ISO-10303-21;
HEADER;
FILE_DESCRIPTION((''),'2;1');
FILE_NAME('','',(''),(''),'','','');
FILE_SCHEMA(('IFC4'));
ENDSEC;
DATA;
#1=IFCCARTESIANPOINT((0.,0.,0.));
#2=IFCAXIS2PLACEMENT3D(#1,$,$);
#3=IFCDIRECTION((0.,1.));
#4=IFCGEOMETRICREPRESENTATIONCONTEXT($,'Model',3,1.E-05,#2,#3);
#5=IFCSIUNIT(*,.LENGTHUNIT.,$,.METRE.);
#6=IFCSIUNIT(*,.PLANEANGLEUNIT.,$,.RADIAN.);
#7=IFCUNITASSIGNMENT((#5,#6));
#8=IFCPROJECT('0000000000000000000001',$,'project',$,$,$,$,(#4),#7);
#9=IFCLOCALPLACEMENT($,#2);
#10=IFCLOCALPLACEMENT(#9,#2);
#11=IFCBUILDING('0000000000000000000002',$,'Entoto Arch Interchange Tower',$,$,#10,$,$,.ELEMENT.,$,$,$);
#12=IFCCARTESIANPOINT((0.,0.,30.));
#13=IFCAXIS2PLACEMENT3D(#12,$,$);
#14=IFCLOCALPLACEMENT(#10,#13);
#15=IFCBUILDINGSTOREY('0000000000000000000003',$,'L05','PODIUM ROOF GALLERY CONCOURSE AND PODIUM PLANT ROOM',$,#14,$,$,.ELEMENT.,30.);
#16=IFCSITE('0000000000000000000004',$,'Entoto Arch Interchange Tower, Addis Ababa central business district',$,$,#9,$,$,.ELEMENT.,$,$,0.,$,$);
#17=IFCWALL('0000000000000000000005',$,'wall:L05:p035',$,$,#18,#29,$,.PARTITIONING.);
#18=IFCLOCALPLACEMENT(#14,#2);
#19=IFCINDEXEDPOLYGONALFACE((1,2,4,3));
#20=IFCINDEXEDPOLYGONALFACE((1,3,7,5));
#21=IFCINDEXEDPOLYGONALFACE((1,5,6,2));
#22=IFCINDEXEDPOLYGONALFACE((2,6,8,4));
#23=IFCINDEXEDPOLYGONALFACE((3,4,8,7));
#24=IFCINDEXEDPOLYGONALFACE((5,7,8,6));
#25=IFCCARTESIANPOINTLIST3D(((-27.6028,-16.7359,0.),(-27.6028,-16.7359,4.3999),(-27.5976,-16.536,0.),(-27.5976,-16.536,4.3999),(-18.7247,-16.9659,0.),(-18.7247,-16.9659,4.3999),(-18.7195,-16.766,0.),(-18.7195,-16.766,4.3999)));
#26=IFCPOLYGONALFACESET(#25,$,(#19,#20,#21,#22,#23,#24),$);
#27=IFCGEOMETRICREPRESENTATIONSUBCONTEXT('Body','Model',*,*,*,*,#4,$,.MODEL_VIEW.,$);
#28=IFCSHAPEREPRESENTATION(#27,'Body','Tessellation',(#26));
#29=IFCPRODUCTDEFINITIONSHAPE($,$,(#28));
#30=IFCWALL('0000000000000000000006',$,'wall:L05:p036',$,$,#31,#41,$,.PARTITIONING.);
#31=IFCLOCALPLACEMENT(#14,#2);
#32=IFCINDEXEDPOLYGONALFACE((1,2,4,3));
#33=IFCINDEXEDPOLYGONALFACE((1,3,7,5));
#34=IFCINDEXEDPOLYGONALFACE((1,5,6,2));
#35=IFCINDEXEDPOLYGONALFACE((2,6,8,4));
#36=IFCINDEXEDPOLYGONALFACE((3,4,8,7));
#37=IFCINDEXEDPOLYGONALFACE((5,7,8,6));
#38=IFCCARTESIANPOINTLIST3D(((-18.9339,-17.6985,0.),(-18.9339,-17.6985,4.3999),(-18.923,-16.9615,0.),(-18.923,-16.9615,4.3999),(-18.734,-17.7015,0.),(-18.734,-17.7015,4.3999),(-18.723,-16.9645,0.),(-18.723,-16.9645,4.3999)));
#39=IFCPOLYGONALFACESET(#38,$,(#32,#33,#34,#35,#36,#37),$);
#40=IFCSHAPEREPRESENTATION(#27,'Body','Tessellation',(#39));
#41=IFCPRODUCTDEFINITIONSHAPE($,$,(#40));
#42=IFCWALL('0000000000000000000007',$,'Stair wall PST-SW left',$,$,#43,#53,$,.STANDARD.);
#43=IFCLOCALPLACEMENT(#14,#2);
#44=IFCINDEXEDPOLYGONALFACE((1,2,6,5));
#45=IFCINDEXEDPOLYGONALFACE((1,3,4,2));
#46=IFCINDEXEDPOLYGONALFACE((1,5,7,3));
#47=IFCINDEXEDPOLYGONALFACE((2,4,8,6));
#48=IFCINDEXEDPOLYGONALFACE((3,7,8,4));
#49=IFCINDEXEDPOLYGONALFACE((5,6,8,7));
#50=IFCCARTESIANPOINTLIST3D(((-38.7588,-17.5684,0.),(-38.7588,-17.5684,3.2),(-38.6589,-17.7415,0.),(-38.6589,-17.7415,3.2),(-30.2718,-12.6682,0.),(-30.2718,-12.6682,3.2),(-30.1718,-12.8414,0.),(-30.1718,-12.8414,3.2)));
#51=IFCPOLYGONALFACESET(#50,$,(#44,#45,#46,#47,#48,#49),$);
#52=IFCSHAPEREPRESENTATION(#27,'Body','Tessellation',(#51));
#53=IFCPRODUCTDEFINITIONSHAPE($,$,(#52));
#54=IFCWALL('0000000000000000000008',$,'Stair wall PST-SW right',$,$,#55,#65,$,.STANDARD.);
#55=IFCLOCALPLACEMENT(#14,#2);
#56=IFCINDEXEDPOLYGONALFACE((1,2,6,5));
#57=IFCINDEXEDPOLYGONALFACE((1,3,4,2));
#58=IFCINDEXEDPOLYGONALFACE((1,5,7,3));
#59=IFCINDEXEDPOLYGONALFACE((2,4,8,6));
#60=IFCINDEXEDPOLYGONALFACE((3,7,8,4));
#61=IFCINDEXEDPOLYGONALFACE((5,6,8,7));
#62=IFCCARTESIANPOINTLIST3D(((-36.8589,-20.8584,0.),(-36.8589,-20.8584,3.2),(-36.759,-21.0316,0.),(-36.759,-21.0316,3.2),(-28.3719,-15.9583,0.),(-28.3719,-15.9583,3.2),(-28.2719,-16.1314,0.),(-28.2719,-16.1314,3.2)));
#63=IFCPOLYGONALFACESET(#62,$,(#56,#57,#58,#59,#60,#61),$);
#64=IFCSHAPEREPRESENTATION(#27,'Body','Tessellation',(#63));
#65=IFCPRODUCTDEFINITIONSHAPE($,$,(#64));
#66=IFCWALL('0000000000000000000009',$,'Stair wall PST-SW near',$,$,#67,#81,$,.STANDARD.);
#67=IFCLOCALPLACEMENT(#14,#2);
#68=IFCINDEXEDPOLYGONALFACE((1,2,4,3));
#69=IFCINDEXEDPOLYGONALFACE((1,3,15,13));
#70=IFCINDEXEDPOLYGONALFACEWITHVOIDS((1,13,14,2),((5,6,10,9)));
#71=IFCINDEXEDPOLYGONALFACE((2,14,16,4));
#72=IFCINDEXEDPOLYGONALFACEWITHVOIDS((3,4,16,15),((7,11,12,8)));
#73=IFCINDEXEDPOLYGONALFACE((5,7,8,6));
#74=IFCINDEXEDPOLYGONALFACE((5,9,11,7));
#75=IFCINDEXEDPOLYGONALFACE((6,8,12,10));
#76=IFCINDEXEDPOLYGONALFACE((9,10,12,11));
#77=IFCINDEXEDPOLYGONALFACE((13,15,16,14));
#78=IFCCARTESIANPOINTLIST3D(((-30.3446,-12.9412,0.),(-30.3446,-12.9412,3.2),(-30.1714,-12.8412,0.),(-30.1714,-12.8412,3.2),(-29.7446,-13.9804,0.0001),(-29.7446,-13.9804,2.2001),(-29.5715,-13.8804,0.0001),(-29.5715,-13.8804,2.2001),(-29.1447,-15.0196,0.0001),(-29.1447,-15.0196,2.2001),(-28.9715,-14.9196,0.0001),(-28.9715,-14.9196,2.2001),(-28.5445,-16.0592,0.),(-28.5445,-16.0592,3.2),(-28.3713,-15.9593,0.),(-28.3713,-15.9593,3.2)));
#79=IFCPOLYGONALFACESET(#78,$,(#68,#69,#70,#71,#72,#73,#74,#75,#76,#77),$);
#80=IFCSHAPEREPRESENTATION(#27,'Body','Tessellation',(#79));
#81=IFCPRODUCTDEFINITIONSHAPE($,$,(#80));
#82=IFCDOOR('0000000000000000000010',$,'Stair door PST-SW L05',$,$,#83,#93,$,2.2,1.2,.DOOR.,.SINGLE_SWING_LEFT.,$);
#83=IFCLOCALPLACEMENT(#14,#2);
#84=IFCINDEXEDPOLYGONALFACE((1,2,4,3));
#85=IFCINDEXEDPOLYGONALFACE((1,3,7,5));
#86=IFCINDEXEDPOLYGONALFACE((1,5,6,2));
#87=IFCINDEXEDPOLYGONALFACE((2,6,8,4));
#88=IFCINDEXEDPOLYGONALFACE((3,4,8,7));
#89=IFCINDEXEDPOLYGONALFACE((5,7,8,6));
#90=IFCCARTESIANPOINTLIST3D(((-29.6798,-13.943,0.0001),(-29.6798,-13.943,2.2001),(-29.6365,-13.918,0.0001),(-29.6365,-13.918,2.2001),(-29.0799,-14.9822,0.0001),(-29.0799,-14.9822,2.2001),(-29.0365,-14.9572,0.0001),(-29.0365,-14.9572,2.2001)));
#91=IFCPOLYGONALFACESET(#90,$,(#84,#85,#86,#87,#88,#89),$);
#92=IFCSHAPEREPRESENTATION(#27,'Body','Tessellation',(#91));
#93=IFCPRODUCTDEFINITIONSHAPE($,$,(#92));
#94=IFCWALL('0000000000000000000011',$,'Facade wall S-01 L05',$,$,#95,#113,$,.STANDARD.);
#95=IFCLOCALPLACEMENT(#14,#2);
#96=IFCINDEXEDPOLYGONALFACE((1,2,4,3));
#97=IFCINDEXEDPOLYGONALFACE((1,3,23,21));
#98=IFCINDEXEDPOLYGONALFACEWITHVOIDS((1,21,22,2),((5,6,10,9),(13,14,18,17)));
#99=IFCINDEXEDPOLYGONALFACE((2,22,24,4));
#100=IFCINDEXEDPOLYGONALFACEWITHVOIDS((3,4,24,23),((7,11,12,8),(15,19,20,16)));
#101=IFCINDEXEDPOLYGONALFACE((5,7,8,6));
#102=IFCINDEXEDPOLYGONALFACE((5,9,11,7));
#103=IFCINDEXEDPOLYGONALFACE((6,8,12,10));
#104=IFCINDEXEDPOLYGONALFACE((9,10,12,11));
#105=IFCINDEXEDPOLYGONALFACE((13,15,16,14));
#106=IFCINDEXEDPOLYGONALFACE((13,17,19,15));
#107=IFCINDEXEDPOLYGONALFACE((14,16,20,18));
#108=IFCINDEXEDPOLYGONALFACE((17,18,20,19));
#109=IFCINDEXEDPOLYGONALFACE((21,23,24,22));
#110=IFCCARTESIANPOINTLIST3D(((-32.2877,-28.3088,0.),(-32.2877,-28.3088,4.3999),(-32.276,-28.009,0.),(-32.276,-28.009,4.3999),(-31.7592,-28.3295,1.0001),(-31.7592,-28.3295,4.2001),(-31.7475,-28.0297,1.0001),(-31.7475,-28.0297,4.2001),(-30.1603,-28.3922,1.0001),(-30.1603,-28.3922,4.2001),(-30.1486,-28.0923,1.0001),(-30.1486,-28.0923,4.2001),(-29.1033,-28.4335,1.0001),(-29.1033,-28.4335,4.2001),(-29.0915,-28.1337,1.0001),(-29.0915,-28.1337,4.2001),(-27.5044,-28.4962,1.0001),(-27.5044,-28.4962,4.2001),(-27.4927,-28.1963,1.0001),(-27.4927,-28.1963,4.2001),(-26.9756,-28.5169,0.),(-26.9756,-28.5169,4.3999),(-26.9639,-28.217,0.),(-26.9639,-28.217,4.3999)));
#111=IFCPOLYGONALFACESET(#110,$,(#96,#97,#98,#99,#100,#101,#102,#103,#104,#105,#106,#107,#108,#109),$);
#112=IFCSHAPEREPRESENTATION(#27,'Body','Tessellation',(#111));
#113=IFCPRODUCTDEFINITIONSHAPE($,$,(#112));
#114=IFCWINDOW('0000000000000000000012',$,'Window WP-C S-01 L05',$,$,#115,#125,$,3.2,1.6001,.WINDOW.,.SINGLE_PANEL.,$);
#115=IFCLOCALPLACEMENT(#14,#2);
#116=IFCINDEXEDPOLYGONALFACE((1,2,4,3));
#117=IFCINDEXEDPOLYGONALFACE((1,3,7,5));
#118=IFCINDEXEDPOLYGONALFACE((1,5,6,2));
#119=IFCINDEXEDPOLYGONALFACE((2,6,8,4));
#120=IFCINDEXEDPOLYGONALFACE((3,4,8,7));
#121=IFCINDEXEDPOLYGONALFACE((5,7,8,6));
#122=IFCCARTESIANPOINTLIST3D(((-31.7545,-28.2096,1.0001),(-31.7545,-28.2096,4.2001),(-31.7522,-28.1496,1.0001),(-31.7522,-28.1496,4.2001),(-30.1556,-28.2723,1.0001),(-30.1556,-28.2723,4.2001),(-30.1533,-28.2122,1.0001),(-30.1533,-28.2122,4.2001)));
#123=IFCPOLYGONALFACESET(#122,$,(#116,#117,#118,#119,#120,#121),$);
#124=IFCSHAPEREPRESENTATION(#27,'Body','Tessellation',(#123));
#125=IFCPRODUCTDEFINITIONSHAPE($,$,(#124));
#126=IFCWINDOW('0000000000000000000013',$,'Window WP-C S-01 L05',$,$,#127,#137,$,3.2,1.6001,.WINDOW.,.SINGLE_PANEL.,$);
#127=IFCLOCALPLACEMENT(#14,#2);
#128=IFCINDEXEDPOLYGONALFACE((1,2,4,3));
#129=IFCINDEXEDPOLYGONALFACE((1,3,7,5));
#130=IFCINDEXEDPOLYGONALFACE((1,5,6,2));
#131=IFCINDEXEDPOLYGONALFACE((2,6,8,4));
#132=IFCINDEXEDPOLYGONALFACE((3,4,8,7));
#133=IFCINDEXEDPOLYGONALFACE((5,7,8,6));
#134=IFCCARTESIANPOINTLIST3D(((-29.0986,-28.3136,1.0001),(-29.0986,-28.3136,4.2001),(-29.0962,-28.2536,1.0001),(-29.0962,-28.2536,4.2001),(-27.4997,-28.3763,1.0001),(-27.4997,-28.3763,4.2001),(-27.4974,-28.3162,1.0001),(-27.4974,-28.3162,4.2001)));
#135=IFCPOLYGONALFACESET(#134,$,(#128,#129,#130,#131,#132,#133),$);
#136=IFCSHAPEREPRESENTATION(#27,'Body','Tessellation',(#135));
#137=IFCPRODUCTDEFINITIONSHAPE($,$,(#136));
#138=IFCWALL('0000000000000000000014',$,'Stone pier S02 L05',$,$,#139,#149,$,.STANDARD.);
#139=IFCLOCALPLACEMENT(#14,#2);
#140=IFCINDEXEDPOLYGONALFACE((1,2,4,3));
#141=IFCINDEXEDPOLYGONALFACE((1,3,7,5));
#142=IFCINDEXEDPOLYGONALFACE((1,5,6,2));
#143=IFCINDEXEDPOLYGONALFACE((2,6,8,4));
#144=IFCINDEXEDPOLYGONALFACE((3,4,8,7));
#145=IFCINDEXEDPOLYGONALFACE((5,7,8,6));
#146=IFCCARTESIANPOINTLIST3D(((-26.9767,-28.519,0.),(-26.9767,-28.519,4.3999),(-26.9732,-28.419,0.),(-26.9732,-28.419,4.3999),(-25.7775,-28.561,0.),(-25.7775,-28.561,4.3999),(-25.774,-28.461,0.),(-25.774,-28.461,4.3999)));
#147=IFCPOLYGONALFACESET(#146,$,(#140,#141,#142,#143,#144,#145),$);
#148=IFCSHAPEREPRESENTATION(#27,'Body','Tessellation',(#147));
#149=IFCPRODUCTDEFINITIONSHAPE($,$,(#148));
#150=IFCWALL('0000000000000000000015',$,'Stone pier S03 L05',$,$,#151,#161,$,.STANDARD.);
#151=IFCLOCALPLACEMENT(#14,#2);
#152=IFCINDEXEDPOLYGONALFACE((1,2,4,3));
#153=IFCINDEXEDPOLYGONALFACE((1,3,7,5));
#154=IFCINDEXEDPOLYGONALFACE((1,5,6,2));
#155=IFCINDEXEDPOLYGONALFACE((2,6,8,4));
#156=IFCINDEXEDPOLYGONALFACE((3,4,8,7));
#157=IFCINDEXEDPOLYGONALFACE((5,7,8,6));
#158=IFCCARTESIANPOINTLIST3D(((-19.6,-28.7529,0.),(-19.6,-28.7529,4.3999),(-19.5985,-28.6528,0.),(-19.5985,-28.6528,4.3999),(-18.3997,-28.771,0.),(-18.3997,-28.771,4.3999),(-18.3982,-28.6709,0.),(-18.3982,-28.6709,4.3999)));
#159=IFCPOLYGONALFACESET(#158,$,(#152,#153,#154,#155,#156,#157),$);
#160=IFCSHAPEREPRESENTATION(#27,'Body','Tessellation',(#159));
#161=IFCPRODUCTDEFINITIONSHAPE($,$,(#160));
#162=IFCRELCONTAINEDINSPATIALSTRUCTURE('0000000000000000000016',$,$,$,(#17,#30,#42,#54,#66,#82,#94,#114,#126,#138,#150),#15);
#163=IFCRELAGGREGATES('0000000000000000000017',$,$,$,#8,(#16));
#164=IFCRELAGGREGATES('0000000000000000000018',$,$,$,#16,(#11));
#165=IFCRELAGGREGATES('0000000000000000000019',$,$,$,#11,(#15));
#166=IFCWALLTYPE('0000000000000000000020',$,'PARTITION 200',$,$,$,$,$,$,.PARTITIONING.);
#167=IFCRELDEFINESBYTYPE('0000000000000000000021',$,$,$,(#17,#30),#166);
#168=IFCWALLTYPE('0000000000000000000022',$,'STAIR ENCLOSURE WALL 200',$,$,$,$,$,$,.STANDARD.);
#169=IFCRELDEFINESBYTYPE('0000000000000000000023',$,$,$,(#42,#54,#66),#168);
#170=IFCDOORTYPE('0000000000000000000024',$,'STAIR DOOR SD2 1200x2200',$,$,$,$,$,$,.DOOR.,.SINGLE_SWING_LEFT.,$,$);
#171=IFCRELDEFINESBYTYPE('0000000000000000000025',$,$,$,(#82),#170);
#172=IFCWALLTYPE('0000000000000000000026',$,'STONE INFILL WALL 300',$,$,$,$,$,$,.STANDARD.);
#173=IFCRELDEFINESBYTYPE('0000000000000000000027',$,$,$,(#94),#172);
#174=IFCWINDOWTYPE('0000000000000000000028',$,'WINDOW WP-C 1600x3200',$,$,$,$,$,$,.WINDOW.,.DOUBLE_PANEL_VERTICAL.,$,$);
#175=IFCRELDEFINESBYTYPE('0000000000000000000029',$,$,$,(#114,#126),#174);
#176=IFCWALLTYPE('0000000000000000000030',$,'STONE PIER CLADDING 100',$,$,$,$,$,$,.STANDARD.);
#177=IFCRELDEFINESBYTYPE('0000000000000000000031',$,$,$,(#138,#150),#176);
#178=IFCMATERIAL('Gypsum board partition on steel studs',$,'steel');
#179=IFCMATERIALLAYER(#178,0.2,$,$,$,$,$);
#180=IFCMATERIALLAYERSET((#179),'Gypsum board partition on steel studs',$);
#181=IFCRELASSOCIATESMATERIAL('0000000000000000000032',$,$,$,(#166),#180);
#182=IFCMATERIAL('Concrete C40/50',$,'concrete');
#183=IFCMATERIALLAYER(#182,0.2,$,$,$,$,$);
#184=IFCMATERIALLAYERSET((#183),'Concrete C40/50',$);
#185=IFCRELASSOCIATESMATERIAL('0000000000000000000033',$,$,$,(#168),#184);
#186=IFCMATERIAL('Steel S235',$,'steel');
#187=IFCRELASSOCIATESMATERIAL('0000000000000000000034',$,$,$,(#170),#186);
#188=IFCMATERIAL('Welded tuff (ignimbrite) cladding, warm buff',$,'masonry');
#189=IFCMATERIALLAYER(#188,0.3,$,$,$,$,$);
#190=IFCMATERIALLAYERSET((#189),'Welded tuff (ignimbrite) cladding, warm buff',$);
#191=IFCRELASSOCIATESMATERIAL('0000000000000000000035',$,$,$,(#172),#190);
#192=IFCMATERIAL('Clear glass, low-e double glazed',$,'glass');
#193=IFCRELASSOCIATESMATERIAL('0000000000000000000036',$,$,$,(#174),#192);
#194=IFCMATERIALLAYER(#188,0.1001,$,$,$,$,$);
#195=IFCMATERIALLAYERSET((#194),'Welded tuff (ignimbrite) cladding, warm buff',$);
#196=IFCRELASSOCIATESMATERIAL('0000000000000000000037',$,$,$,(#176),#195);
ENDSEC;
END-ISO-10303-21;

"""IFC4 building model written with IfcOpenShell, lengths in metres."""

from ifc_helpers import new_model, si_unit, direction, frame, frame_2d, origin, place, context, subcontext, project, spatial, rectangle, extrude, material, layer, layer_set, type_object, element, fill, save


model = new_model("IFC4")

# Units and contexts
model_context = context("Model", 3, precision=1e-05, world=origin(), true_north=direction((0.0, 1.0)))
body_context = subcontext(model_context, "Body", "Model", "MODEL_VIEW")
ifc_project = project(units=[si_unit("LENGTHUNIT", "METRE"), si_unit("PLANEANGLEUNIT", "RADIAN")], contexts=[model_context])

# Site, building, storey
site_placement = place(None, origin())
site = spatial("IfcSite", under=ifc_project, at=site_placement, Name="Entoto Arch Interchange Tower, Addis Ababa central business district", CompositionType="ELEMENT", RefElevation=0.0)
building_placement = place(site_placement, origin())
building = spatial("IfcBuilding", under=site, at=building_placement, Name="Entoto Arch Interchange Tower", CompositionType="ELEMENT")
storey_placement = place(building_placement, frame((0.0, 0.0, 30.0)))
storey = spatial("IfcBuildingStorey", under=building, at=storey_placement, Name="L05", Description="PODIUM ROOF GALLERY CONCOURSE AND PODIUM PLANT ROOM", CompositionType="ELEMENT", Elevation=30.0)

# Shared definitions
ifc_material_1 = material(Name="Concrete C40/50", Category="concrete")

# Shared definitions
ifc_material_2 = material(Name="Gypsum board partition on steel studs", Category="steel")

# Shared definitions
ifc_layer_1 = layer(ifc_material_2, 0.2)
ifc_layer_set_1 = layer_set([ifc_layer_1], Name="Gypsum board partition on steel studs")
wall_type_1 = type_object("IfcWallType", Name="PARTITION 200", PredefinedType="PARTITIONING", material=ifc_layer_set_1)

# Walls
wall_1_placement = place(storey_placement, frame((-27.6001, -16.636, 0.0), z_axis=(0.0, 0.0, 1.0), x_axis=(0.999665, -0.025895, 0.0)))
element("IfcWall", 1, at=wall_1_placement, inside=storey, type_object=wall_type_1, Name="wall:L05:p035", PredefinedType="PARTITIONING", context=body_context, shape_type="SweptSolid", body=[
    extrude(rectangle(XDim=8.8811, YDim=0.2, at=frame_2d((4.4404, 0.0))), origin(), (0.0, 0.0, 1.0), 4.3999),
])
wall_2_placement = place(storey_placement, frame((-18.823, -16.9629, 0.0), z_axis=(0.0, 0.0, 1.0), x_axis=(-0.014904, -0.999889, 0.0)))
element("IfcWall", 2, at=wall_2_placement, inside=storey, type_object=wall_type_1, Name="wall:L05:p036", PredefinedType="PARTITIONING", context=body_context, shape_type="SweptSolid", body=[
    extrude(rectangle(XDim=0.7371, YDim=0.2, at=frame_2d((0.3687, 0.0))), origin(), (0.0, 0.0, 1.0), 4.3999),
])
ifc_layer_2 = layer(ifc_material_1, 0.2)
ifc_layer_set_2 = layer_set([ifc_layer_2], Name="Concrete C40/50")
wall_type_2 = type_object("IfcWallType", Name="STAIR ENCLOSURE WALL 200", PredefinedType="STANDARD", material=ifc_layer_set_2)
for number, where, z_axis, x_axis, name in (
    (3, (-30.2219, -12.7549, 0.0), (0.0, 0.0, 1.0), (-0.866019, -0.500011, 0.0), "Stair wall PST-SW left"),
    (4, (-28.322, -16.0449, 0.0), (0.0, 0.0, 1.0), (-0.866019, -0.500011, 0.0), "Stair wall PST-SW right"),
):
    element("IfcWall", number, at=place(storey_placement, frame(where, z_axis=z_axis, x_axis=x_axis)), inside=storey, type_object=wall_type_2, Name=name, PredefinedType="STANDARD", context=body_context, shape_type="SweptSolid", body=[
        extrude(rectangle(XDim=9.8, YDim=0.2, at=frame_2d((4.8999, 0.0))), origin(), (0.0, 0.0, 1.0), 3.2),
    ])

# Wall, opening, door
wall_3_placement = place(storey_placement, frame((-30.2581, -12.8911, 0.0), z_axis=(0.0, 0.0, 1.0), x_axis=(0.499983, -0.866035, 0.0)))
wall_3 = element("IfcWall", 5, at=wall_3_placement, inside=storey, type_object=wall_type_2, Name="Stair wall PST-SW near", PredefinedType="STANDARD", context=body_context, shape_type="SweptSolid", body=[
    extrude(rectangle(XDim=3.6003, YDim=0.2, at=frame_2d((1.8003, 0.0))), origin(), (0.0, 0.0, 1.0), 3.2),
])
opening_1_placement = place(wall_3_placement, frame((1.2, 0.0, 0.0)))
opening_1 = element("IfcOpeningElement", 6, at=opening_1_placement, cuts=wall_3, PredefinedType="OPENING", context=body_context, shape_type="SweptSolid", body=[
    extrude(rectangle(XDim=1.2, YDim=2.2, at=frame_2d((0.6001, 1.1001))), frame((0.0, 0.1099, 0.0), z_axis=(0.0, -1.0, 0.0), x_axis=(1.0, 0.0, 0.0)), (0.0, 0.0, 1.0), 0.22),
])
ifc_material_3 = material(Name="Steel S235", Category="steel")
door_type_1 = type_object("IfcDoorType", Name="STAIR DOOR SD2 1200x2200", OperationType="SINGLE_SWING_LEFT", PredefinedType="DOOR", material=ifc_material_3)
door_1_placement = place(opening_1_placement, origin())
door_1 = element("IfcDoor", 7, at=door_1_placement, inside=storey, type_object=door_type_1, Name="Stair door PST-SW L05", OperationType="SINGLE_SWING_LEFT", OverallHeight=2.2, OverallWidth=1.2, PredefinedType="DOOR", context=body_context, shape_type="SweptSolid", body=[
    extrude(rectangle(XDim=1.2, YDim=2.2, at=frame_2d((0.6001, 1.1001))), frame((0.0, 0.0249, 0.0), z_axis=(0.0, -1.0, 0.0), x_axis=(1.0, 0.0, 0.0)), (0.0, 0.0, 1.0), 0.05),
])
fill(opening_1, door_1)

# Wall, openings, windows
ifc_material_4 = material(Name="Welded tuff (ignimbrite) cladding, warm buff", Category="masonry")
ifc_layer_3 = layer(ifc_material_4, 0.3)
ifc_layer_set_3 = layer_set([ifc_layer_3], Name="Welded tuff (ignimbrite) cladding, warm buff")
wall_type_3 = type_object("IfcWallType", Name="STONE INFILL WALL 300", PredefinedType="STANDARD", material=ifc_layer_set_3)
wall_4_placement = place(storey_placement, frame((-32.282, -28.1589, 0.0), z_axis=(0.0, 0.0, 1.0), x_axis=(0.999234, -0.039128, 0.0)))
wall_4 = element("IfcWall", 8, at=wall_4_placement, inside=storey, type_object=wall_type_3, Name="Facade wall S-01 L05", PredefinedType="STANDARD", context=body_context, shape_type="SweptSolid", body=[
    extrude(rectangle(XDim=5.3162, YDim=0.3, at=frame_2d((2.6582, 0.0))), origin(), (0.0, 0.0, 1.0), 4.3999),
])
opening_2_placement = place(wall_4_placement, frame((0.5291, 0.0, 1.0)))
opening_2 = element("IfcOpeningElement", 9, at=opening_2_placement, cuts=wall_4, PredefinedType="OPENING", context=body_context, shape_type="SweptSolid", body=[
    extrude(rectangle(XDim=1.6001, YDim=3.2, at=frame_2d((0.8, 1.6001))), frame((0.0, 0.1602, 0.0), z_axis=(0.0, -1.0, 0.0), x_axis=(1.0, 0.0, 0.0)), (0.0, 0.0, 1.0), 0.3201),
])
opening_3_placement = place(wall_4_placement, frame((3.187, 0.0, 1.0)))
opening_3 = element("IfcOpeningElement", 10, at=opening_3_placement, cuts=wall_4, PredefinedType="OPENING", context=body_context, shape_type="SweptSolid", body=[
    extrude(rectangle(XDim=1.6001, YDim=3.2, at=frame_2d((0.8, 1.6001))), frame((0.0, 0.1602, 0.0), z_axis=(0.0, -1.0, 0.0), x_axis=(1.0, 0.0, 0.0)), (0.0, 0.0, 1.0), 0.3201),
])
ifc_material_5 = material(Name="Clear glass, low-e double glazed", Category="glass")
window_type = type_object("IfcWindowType", Name="WINDOW WP-C 1600x3200", PartitioningType="DOUBLE_PANEL_VERTICAL", PredefinedType="WINDOW", material=ifc_material_5)
window_1_placement = place(opening_2_placement, origin())
window_1 = element("IfcWindow", 11, at=window_1_placement, inside=storey, type_object=window_type, Name="Window WP-C S-01 L05", OverallHeight=3.2, OverallWidth=1.6001, PartitioningType="SINGLE_PANEL", PredefinedType="WINDOW", context=body_context, shape_type="SweptSolid", body=[
    extrude(rectangle(XDim=1.6001, YDim=3.2, at=frame_2d((0.8, 1.6001))), frame((0.0, 0.03, 0.0), z_axis=(0.0, -1.0, 0.0), x_axis=(1.0, 0.0, 0.0)), (0.0, 0.0, 1.0), 0.0601),
])
fill(opening_2, window_1)
window_2_placement = place(opening_3_placement, origin())
window_2 = element("IfcWindow", 12, at=window_2_placement, inside=storey, type_object=window_type, Name="Window WP-C S-01 L05", OverallHeight=3.2, OverallWidth=1.6001, PartitioningType="SINGLE_PANEL", PredefinedType="WINDOW", context=body_context, shape_type="SweptSolid", body=[
    extrude(rectangle(XDim=1.6001, YDim=3.2, at=frame_2d((0.8, 1.6001))), frame((0.0, 0.03, 0.0), z_axis=(0.0, -1.0, 0.0), x_axis=(1.0, 0.0, 0.0)), (0.0, 0.0, 1.0), 0.0601),
])
fill(opening_3, window_2)

# Walls
ifc_layer_4 = layer(ifc_material_4, 0.1001)
ifc_layer_set_4 = layer_set([ifc_layer_4], Name="Welded tuff (ignimbrite) cladding, warm buff")
wall_type_4 = type_object("IfcWallType", Name="STONE PIER CLADDING 100", PredefinedType="STANDARD", material=ifc_layer_set_4)
wall_5_placement = place(storey_placement, frame((-26.9751, -28.469, 0.0), z_axis=(0.0, 0.0, 1.0), x_axis=(0.999387, -0.034995, 0.0)))
element("IfcWall", 13, at=wall_5_placement, inside=storey, type_object=wall_type_4, Name="Stone pier S02 L05", PredefinedType="STANDARD", context=body_context, shape_type="SweptSolid", body=[
    extrude(rectangle(XDim=1.2, YDim=0.1001, at=frame_2d((0.6001, 0.0))), origin(), (0.0, 0.0, 1.0), 4.3999),
])
wall_6_placement = place(storey_placement, frame((-19.5991, -28.7029, 0.0), z_axis=(0.0, 0.0, 1.0), x_axis=(0.999887, -0.015051, 0.0)))
element("IfcWall", 14, at=wall_6_placement, inside=storey, type_object=wall_type_4, Name="Stone pier S03 L05", PredefinedType="STANDARD", context=body_context, shape_type="SweptSolid", body=[
    extrude(rectangle(XDim=1.2004, YDim=0.1001, at=frame_2d((0.6001, 0.0))), origin(), (0.0, 0.0, 1.0), 4.3999),
])

save(model, "model.ifc")
